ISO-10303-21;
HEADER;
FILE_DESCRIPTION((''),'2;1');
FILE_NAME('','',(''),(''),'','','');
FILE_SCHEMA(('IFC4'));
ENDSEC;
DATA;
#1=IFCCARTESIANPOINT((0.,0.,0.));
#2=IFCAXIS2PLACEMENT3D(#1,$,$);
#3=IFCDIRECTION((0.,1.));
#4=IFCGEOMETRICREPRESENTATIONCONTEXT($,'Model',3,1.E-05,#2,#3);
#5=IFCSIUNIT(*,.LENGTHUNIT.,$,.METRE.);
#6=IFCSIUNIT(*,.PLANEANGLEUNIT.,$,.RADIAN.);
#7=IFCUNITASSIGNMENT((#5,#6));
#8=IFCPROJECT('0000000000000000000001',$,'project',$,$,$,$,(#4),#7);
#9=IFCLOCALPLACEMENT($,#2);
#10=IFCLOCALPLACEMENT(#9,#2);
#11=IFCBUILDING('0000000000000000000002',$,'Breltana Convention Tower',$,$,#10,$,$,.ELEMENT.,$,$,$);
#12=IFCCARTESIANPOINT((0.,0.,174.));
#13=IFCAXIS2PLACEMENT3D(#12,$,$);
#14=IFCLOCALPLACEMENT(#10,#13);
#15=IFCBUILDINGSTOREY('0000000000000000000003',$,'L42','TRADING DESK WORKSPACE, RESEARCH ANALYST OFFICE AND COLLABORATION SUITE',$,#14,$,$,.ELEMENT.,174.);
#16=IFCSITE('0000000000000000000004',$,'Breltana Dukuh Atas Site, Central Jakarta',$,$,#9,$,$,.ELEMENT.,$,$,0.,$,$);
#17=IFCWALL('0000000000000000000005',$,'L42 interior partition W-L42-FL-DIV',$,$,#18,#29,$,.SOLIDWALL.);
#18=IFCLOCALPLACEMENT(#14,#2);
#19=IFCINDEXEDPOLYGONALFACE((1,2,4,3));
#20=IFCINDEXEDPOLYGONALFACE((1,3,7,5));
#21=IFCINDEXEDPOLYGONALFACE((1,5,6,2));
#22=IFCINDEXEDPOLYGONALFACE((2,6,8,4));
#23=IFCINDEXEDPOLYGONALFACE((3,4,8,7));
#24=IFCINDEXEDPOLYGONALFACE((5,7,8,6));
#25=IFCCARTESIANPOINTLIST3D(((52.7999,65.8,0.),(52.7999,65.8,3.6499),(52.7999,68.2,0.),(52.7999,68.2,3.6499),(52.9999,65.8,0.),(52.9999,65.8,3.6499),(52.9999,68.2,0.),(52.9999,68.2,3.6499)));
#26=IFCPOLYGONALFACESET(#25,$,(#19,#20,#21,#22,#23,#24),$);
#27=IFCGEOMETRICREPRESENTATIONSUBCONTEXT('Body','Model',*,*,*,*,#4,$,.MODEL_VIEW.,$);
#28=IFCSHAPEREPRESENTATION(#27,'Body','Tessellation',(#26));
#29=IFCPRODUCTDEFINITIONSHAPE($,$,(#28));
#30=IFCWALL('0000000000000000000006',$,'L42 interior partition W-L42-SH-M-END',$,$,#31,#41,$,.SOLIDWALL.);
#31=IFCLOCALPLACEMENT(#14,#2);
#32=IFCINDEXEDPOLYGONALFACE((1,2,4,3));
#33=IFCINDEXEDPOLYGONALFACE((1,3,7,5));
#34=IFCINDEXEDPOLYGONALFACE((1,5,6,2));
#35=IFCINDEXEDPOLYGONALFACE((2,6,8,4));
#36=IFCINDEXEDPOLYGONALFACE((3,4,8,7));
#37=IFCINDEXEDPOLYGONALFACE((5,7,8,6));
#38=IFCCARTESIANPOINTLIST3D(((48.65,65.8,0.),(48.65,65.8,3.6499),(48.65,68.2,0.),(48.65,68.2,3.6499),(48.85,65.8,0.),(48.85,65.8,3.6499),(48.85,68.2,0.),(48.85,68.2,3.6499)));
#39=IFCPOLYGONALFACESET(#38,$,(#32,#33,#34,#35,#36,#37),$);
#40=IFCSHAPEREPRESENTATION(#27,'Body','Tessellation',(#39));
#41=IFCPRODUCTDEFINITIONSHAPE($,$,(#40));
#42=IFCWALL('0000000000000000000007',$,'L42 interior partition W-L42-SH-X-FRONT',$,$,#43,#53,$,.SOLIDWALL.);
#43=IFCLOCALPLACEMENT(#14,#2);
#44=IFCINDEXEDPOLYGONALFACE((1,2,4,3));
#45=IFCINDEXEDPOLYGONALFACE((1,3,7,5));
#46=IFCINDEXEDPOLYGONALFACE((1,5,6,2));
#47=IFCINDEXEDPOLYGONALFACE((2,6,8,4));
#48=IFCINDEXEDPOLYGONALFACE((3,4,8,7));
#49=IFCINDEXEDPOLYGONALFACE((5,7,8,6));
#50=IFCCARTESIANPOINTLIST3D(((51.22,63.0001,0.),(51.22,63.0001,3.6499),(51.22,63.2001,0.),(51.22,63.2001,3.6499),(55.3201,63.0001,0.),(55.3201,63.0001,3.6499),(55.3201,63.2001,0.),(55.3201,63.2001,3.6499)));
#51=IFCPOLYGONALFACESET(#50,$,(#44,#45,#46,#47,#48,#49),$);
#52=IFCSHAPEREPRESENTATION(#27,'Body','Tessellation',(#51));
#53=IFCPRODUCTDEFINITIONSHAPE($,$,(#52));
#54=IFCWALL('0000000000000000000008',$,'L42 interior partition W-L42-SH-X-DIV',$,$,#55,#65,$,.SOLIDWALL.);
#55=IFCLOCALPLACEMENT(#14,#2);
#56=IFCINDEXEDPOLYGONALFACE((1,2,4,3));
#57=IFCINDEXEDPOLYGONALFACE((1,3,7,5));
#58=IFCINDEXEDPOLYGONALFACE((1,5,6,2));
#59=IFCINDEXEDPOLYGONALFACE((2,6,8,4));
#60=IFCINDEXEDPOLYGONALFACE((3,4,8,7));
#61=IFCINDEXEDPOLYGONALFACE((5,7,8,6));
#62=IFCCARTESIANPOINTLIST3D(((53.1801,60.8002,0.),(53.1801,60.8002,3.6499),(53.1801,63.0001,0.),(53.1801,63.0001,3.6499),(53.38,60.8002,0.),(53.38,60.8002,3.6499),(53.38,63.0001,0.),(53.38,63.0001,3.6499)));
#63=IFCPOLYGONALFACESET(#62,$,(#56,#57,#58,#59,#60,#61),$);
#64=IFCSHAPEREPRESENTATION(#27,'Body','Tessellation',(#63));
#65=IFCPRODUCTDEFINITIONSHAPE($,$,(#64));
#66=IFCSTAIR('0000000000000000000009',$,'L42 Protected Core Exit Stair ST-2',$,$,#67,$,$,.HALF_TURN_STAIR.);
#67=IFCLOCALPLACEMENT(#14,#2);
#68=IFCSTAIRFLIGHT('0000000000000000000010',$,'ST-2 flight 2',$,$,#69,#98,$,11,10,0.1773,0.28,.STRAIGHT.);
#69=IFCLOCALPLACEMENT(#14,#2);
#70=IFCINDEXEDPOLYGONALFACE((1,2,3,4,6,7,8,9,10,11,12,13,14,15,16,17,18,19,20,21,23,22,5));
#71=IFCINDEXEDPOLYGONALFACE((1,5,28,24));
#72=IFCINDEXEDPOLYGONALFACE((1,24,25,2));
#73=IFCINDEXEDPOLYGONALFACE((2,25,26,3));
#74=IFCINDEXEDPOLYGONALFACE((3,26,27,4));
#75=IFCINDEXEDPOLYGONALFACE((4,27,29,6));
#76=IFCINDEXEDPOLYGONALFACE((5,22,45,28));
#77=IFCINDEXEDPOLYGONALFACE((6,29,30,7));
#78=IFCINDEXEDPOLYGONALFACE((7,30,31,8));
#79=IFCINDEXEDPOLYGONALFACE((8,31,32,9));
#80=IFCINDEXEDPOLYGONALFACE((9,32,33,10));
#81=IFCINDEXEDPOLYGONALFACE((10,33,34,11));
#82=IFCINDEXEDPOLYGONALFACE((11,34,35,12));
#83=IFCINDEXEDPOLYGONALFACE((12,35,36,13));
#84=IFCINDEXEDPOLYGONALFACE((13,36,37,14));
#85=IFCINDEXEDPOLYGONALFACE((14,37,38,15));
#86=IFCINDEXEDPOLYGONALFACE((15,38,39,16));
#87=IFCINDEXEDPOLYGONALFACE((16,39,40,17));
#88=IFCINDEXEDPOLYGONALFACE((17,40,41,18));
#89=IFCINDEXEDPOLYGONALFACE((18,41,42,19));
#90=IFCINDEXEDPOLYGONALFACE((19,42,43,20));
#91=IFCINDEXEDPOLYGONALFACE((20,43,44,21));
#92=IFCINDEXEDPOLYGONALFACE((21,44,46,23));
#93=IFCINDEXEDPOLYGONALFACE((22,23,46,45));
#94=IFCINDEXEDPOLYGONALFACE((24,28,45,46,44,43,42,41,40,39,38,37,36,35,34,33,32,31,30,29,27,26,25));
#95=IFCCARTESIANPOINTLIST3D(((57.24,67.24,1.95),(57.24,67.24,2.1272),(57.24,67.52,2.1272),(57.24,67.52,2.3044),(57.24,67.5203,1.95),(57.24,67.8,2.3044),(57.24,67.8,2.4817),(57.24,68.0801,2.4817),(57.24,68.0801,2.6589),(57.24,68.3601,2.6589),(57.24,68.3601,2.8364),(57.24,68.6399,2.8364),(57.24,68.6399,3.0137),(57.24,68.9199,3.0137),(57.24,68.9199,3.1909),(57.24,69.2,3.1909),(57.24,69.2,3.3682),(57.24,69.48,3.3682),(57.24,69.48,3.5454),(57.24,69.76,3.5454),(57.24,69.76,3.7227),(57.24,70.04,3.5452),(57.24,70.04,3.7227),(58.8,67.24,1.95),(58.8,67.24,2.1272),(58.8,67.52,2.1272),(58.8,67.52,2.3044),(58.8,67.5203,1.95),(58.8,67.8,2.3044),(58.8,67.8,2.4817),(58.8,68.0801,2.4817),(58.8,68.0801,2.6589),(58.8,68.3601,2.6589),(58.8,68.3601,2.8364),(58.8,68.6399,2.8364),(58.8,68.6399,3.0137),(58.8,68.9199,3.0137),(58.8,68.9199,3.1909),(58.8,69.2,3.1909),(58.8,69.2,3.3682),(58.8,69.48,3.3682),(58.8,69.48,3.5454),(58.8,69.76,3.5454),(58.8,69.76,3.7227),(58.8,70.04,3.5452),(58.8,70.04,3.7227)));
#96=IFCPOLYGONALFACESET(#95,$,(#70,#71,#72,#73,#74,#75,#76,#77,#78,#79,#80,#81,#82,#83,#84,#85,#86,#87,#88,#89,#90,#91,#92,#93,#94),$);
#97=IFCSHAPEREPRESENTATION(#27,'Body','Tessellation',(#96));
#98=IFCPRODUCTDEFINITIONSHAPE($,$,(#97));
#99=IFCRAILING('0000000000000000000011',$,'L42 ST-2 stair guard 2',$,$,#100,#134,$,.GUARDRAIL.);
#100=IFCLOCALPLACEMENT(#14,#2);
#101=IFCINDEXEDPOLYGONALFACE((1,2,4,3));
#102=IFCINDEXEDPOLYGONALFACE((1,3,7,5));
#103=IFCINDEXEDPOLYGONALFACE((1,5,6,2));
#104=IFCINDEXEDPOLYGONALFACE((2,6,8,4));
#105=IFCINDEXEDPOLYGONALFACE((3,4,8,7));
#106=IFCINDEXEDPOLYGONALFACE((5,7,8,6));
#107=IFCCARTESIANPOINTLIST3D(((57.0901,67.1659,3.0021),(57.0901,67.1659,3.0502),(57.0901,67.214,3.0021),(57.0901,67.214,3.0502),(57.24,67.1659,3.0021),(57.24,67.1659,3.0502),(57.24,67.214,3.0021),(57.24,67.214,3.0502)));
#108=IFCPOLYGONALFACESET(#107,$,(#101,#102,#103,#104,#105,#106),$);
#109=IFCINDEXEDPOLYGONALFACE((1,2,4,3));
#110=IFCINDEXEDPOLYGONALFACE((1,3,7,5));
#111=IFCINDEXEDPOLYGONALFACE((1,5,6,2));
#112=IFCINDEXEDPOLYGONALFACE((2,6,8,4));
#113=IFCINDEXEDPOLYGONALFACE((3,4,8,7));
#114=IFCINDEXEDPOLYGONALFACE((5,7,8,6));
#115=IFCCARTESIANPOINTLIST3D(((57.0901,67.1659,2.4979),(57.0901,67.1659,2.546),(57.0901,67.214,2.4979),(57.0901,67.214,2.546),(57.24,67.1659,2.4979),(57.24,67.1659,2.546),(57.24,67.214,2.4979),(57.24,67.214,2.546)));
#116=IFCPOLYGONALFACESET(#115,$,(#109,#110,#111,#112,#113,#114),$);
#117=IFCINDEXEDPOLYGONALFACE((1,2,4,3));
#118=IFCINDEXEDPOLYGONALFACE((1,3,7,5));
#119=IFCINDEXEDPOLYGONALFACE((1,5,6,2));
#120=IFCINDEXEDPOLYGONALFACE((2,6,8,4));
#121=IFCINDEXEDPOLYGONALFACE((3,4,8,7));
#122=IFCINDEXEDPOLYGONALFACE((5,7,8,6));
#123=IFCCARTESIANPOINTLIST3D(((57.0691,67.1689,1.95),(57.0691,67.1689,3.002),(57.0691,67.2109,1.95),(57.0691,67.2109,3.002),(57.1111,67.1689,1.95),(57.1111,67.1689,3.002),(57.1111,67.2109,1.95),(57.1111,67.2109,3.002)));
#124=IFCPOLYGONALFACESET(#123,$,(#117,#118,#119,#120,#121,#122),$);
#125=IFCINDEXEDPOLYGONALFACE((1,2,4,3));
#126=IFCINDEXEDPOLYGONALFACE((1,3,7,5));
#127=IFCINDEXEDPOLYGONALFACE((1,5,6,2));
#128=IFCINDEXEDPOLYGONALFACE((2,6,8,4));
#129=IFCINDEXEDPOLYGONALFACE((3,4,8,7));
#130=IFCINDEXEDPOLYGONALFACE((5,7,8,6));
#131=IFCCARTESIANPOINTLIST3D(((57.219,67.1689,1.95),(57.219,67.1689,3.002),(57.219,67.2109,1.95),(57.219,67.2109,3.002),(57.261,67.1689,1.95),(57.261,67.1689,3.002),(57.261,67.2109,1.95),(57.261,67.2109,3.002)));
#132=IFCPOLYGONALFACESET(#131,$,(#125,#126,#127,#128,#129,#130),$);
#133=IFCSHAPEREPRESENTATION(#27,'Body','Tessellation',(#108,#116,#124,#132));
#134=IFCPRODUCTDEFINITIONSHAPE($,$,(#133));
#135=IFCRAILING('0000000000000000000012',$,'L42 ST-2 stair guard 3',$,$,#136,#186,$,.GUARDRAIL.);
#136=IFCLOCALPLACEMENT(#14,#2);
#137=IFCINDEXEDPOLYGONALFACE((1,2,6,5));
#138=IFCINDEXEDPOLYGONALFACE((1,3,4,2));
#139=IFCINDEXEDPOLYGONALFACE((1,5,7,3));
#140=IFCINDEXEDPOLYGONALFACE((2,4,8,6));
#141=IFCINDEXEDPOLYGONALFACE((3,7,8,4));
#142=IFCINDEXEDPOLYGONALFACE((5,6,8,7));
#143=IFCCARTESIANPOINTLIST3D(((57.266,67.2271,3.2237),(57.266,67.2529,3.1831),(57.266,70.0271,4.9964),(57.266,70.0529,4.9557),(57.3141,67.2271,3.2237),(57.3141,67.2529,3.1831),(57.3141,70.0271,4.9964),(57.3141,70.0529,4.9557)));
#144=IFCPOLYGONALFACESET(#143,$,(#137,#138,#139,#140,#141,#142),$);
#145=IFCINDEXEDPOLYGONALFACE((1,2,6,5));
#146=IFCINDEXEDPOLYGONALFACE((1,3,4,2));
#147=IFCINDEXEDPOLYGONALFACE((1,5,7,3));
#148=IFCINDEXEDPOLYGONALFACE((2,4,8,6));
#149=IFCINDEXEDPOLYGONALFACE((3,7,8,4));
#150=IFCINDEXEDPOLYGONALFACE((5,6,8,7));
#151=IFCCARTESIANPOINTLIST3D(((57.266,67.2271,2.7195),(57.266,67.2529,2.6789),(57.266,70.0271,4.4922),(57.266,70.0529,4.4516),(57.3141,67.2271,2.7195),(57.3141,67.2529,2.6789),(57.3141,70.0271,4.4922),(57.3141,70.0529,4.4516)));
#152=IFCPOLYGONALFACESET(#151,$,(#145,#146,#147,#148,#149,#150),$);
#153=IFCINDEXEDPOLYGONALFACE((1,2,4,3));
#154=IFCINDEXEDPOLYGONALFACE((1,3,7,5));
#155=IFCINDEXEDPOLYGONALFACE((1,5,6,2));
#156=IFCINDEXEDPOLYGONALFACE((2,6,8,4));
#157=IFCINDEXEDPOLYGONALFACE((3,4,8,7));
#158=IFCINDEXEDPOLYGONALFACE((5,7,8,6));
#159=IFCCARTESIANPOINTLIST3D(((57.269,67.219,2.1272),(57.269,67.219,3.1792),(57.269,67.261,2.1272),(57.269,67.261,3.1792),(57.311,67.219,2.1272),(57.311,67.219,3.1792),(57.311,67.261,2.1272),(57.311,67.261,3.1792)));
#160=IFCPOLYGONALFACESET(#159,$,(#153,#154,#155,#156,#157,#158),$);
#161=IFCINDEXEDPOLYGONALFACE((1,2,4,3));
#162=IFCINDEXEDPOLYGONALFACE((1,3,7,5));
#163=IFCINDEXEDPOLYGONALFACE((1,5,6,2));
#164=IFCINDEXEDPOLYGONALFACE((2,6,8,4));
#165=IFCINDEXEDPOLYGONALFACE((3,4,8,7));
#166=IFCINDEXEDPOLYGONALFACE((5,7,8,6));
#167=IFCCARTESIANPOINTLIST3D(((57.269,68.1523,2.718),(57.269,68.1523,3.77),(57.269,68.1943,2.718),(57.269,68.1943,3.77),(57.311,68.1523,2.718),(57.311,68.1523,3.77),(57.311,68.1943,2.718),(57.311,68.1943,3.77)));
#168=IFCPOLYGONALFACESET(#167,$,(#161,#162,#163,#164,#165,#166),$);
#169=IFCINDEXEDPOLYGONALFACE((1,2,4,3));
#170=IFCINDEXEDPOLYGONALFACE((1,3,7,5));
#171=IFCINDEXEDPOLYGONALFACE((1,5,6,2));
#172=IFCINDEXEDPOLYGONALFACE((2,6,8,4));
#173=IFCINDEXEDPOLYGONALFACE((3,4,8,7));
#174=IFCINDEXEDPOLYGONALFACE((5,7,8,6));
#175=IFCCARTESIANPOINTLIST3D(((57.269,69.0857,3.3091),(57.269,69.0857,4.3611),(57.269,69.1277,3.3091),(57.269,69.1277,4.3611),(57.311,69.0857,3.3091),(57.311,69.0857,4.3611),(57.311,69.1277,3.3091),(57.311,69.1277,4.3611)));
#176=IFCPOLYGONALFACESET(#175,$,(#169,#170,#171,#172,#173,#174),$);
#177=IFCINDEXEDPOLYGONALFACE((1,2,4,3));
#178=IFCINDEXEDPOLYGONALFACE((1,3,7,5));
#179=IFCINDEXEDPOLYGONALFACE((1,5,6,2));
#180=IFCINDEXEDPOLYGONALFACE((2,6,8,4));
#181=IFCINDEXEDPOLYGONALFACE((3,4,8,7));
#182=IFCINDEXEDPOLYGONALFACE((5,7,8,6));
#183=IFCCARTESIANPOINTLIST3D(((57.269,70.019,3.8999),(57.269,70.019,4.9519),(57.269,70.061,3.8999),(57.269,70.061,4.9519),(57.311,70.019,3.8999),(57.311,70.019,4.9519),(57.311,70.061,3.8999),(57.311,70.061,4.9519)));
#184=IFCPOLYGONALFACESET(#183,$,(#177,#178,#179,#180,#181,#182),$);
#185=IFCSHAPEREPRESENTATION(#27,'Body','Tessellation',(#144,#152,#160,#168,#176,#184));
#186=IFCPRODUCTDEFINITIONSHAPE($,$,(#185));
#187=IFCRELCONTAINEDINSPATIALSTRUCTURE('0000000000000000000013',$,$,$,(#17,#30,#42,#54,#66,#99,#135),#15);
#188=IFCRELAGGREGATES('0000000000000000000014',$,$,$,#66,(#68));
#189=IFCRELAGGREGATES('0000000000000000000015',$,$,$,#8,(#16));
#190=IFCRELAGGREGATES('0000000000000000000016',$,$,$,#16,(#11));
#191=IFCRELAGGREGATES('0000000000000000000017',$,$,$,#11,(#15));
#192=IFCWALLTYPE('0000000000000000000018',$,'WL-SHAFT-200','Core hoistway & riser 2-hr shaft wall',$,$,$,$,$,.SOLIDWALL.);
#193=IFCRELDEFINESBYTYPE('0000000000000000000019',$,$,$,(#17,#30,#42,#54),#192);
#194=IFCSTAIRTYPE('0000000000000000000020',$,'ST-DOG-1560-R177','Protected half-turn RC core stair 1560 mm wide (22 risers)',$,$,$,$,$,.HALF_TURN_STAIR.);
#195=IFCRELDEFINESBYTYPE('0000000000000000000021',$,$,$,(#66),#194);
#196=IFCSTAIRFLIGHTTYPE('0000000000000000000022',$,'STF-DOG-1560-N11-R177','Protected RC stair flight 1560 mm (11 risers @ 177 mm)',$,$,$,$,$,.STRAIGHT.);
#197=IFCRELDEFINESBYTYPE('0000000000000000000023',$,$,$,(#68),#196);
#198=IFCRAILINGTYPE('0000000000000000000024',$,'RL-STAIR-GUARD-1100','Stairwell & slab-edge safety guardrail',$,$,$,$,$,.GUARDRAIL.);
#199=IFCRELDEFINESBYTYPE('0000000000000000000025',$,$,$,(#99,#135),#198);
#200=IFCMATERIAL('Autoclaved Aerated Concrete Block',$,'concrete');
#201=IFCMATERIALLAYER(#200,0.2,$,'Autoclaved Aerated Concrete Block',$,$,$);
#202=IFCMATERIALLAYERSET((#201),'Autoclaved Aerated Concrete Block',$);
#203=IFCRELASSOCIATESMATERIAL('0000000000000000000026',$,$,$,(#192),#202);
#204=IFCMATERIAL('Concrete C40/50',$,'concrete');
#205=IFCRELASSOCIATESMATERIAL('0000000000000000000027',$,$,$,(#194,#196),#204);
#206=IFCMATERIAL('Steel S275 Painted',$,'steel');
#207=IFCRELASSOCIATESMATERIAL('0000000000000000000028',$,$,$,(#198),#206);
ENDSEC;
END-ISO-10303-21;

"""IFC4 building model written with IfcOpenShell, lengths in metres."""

from ifc_helpers import new_model, si_unit, direction, frame, frame_2d, origin, origin_2d, place, context, subcontext, project, spatial, polyline, rectangle, outline, extrude, source, transform, mapped, material, layer, layer_set, type_object, element, aggregate, save


model = new_model("IFC4")

# Units and contexts
model_context = context("Model", 3, precision=1e-05, world=origin(), true_north=direction((0.0, 1.0)))
body_context = subcontext(model_context, "Body", "Model", "MODEL_VIEW")
ifc_project = project(units=[si_unit("LENGTHUNIT", "METRE"), si_unit("PLANEANGLEUNIT", "RADIAN")], contexts=[model_context])

# Site, building, storey
site_placement = place(None, origin())
site = spatial("IfcSite", under=ifc_project, at=site_placement, Name="Breltana Dukuh Atas Site, Central Jakarta", CompositionType="ELEMENT", RefElevation=0.0)
building_placement = place(site_placement, origin())
building = spatial("IfcBuilding", under=site, at=building_placement, Name="Breltana Convention Tower", CompositionType="ELEMENT")
storey_placement = place(building_placement, frame((0.0, 0.0, 174.0)))
storey = spatial("IfcBuildingStorey", under=building, at=storey_placement, Name="L42", Description="TRADING DESK WORKSPACE, RESEARCH ANALYST OFFICE AND COLLABORATION SUITE", CompositionType="ELEMENT", Elevation=174.0)

# Walls
ifc_material_1 = material(Name="Autoclaved Aerated Concrete Block", Category="concrete")
ifc_layer_1 = layer(ifc_material_1, 0.2, Name="Autoclaved Aerated Concrete Block")
ifc_layer_set_1 = layer_set([ifc_layer_1], Name="Autoclaved Aerated Concrete Block")
wall_type_1 = type_object("IfcWallType", Name="WL-SHAFT-200", Description="Core hoistway & riser 2-hr shaft wall", PredefinedType="SOLIDWALL", material=ifc_layer_set_1)
shared_shape_1 = source(origin(), body_context, "Body", "SweptSolid", [
    extrude(rectangle(XDim=2.3999, YDim=0.2, at=frame_2d((1.2, 0.0))), origin(), (0.0, 0.0, 1.0), 3.6499),
])
for number, where, z_axis, x_axis, name in (
    (1, (52.8999, 65.8, 0.0), (0.0, 0.0, 1.0), (0.0, 1.0, 0.0), "L42 interior partition W-L42-FL-DIV"),
    (2, (48.75, 65.8, 0.0), (0.0, 0.0, 1.0), (0.0, 1.0, 0.0), "L42 interior partition W-L42-SH-M-END"),
):
    element("IfcWall", number, at=place(storey_placement, frame(where, z_axis=z_axis, x_axis=x_axis)), inside=storey, type_object=wall_type_1, Name=name, PredefinedType="SOLIDWALL", context=body_context, shape_type="MappedRepresentation", body=[
        mapped(shared_shape_1, transform((0.0, 0.0, 0.0), scale=1.0)),
    ])
shared_shape_2 = source(origin(), body_context, "Body", "SweptSolid", [
    extrude(rectangle(XDim=4.1001, YDim=0.2, at=frame_2d((2.05, 0.0))), origin(), (0.0, 0.0, 1.0), 3.6499),
])
wall_1_placement = place(storey_placement, frame((51.22, 63.1001, 0.0), z_axis=(0.0, 0.0, 1.0), x_axis=(1.0, 0.0, 0.0)))
element("IfcWall", 3, at=wall_1_placement, inside=storey, type_object=wall_type_1, Name="L42 interior partition W-L42-SH-X-FRONT", PredefinedType="SOLIDWALL", context=body_context, shape_type="MappedRepresentation", body=[
    mapped(shared_shape_2, transform((0.0, 0.0, 0.0), scale=1.0)),
])
shared_shape_3 = source(origin(), body_context, "Body", "SweptSolid", [
    extrude(rectangle(XDim=2.2, YDim=0.2, at=frame_2d((1.1001, 0.0))), origin(), (0.0, 0.0, 1.0), 3.6499),
])
wall_2_placement = place(storey_placement, frame((53.28, 60.8, 0.0), z_axis=(0.0, 0.0, 1.0), x_axis=(0.0, 1.0, 0.0)))
element("IfcWall", 4, at=wall_2_placement, inside=storey, type_object=wall_type_1, Name="L42 interior partition W-L42-SH-X-DIV", PredefinedType="SOLIDWALL", context=body_context, shape_type="MappedRepresentation", body=[
    mapped(shared_shape_3, transform((0.0, 0.0, 0.0), scale=1.0)),
])

# Stair, stair flight
ifc_material_2 = material(Name="Concrete C40/50", Category="concrete")
stair_type = type_object("IfcStairType", Name="ST-DOG-1560-R177", Description="Protected half-turn RC core stair 1560 mm wide (22 risers)", PredefinedType="HALF_TURN_STAIR", material=ifc_material_2)
stair_placement = place(storey_placement, origin())
stair = element("IfcStair", 5, at=stair_placement, inside=storey, type_object=stair_type, Name="L42 Protected Core Exit Stair ST-2", PredefinedType="HALF_TURN_STAIR")
stair_flight_type = type_object("IfcStairFlightType", Name="STF-DOG-1560-N11-R177", Description="Protected RC stair flight 1560 mm (11 risers @ 177 mm)", PredefinedType="STRAIGHT", material=ifc_material_2)
stair_flight_placement = place(storey_placement, frame((58.02, 67.24, 1.95), z_axis=(0.0, 0.0, 1.0), x_axis=(0.0, 1.0, 0.0)))
stair_flight = element("IfcStairFlight", 6, at=stair_flight_placement, type_object=stair_flight_type, Name="ST-2 flight 2", NumberOfRisers=11, NumberOfTreads=10, PredefinedType="STRAIGHT", RiserHeight=0.1773, TreadLength=0.28, context=body_context, shape_type="SweptSolid", body=[
    extrude(outline(polyline([(0.0, 0.0), (0.0, 0.1772), (0.28, 0.1772), (0.28, 0.3545), (0.5601, 0.3545), (0.5601, 0.5317), (0.8401, 0.5317), (0.8401, 0.709), (1.1201, 0.709), (1.1201, 0.8865), (1.3999, 0.8865), (1.3999, 1.0637), (1.6799, 1.0637), (1.6799, 1.241), (1.96, 1.241), (1.96, 1.4182), (2.24, 1.4182), (2.24, 1.5955), (2.52, 1.5955), (2.52, 1.7727), (2.8, 1.7727), (2.8, 1.95), (2.8, 1.5952), (0.2803, 0.0), (0.0, 0.0)])), frame((0.0, 0.78, 0.0), z_axis=(0.0, -1.0, 0.0), x_axis=(1.0, 0.0, 0.0)), (0.0, 0.0, 1.0), 1.5601),
])
aggregate(stair, [stair_flight])

# Railings
ifc_material_3 = material(Name="Steel S275 Painted", Category="steel")
railing_type_1 = type_object("IfcRailingType", Name="RL-STAIR-GUARD-1100", Description="Stairwell & slab-edge safety guardrail", PredefinedType="GUARDRAIL", material=ifc_material_3)
railing_1_placement = place(storey_placement, frame((57.0901, 67.1899, 1.95)))
element("IfcRailing", 7, at=railing_1_placement, inside=storey, type_object=railing_type_1, Name="L42 ST-2 stair guard 2", PredefinedType="GUARDRAIL", context=body_context, shape_type="SweptSolid", body=[
    extrude(rectangle(XDim=0.0481, YDim=0.0481, at=origin_2d()), frame((0.0, 0.0, 1.0762), z_axis=(1.0, 0.0, 0.0), x_axis=(0.0, 1.0, 0.0)), (0.0, 0.0, 1.0), 0.1499),
    extrude(rectangle(XDim=0.0481, YDim=0.0481, at=origin_2d()), frame((0.0, 0.0, 0.572), z_axis=(1.0, 0.0, 0.0), x_axis=(0.0, 1.0, 0.0)), (0.0, 0.0, 1.0), 0.1499),
    extrude(rectangle(XDim=0.042, YDim=0.042, at=origin_2d()), origin(), (0.0, 0.0, 1.0), 1.052),
    extrude(rectangle(XDim=0.042, YDim=0.042, at=origin_2d()), frame((0.1499, 0.0, 0.0)), (0.0, 0.0, 1.0), 1.052),
])
railing_2_placement = place(storey_placement, frame((57.29, 67.24, 2.1272)))
element("IfcRailing", 8, at=railing_2_placement, inside=storey, type_object=railing_type_1, Name="L42 ST-2 stair guard 3", PredefinedType="GUARDRAIL", context=body_context, shape_type="SweptSolid", body=[
    extrude(rectangle(XDim=0.0481, YDim=0.0481, at=origin_2d()), frame((0.0, 0.0, 1.0762), z_axis=(0.0, 0.844909, 0.53491), x_axis=(-1.0, 0.0, 0.0)), (0.0, 0.0, 1.0), 3.314),
    extrude(rectangle(XDim=0.0481, YDim=0.0481, at=origin_2d()), frame((0.0, 0.0, 0.572), z_axis=(0.0, 0.844909, 0.53491), x_axis=(-1.0, 0.0, 0.0)), (0.0, 0.0, 1.0), 3.314),
    extrude(rectangle(XDim=0.042, YDim=0.042, at=origin_2d()), origin(), (0.0, 0.0, 1.0), 1.052),
    extrude(rectangle(XDim=0.042, YDim=0.042, at=origin_2d()), frame((0.0, 0.9333, 0.5908)), (0.0, 0.0, 1.0), 1.052),
    extrude(rectangle(XDim=0.042, YDim=0.042, at=origin_2d()), frame((0.0, 1.8667, 1.1819)), (0.0, 0.0, 1.0), 1.052),
    extrude(rectangle(XDim=0.042, YDim=0.042, at=origin_2d()), frame((0.0, 2.8, 1.7727)), (0.0, 0.0, 1.0), 1.052),
])

save(model, "model.ifc")
